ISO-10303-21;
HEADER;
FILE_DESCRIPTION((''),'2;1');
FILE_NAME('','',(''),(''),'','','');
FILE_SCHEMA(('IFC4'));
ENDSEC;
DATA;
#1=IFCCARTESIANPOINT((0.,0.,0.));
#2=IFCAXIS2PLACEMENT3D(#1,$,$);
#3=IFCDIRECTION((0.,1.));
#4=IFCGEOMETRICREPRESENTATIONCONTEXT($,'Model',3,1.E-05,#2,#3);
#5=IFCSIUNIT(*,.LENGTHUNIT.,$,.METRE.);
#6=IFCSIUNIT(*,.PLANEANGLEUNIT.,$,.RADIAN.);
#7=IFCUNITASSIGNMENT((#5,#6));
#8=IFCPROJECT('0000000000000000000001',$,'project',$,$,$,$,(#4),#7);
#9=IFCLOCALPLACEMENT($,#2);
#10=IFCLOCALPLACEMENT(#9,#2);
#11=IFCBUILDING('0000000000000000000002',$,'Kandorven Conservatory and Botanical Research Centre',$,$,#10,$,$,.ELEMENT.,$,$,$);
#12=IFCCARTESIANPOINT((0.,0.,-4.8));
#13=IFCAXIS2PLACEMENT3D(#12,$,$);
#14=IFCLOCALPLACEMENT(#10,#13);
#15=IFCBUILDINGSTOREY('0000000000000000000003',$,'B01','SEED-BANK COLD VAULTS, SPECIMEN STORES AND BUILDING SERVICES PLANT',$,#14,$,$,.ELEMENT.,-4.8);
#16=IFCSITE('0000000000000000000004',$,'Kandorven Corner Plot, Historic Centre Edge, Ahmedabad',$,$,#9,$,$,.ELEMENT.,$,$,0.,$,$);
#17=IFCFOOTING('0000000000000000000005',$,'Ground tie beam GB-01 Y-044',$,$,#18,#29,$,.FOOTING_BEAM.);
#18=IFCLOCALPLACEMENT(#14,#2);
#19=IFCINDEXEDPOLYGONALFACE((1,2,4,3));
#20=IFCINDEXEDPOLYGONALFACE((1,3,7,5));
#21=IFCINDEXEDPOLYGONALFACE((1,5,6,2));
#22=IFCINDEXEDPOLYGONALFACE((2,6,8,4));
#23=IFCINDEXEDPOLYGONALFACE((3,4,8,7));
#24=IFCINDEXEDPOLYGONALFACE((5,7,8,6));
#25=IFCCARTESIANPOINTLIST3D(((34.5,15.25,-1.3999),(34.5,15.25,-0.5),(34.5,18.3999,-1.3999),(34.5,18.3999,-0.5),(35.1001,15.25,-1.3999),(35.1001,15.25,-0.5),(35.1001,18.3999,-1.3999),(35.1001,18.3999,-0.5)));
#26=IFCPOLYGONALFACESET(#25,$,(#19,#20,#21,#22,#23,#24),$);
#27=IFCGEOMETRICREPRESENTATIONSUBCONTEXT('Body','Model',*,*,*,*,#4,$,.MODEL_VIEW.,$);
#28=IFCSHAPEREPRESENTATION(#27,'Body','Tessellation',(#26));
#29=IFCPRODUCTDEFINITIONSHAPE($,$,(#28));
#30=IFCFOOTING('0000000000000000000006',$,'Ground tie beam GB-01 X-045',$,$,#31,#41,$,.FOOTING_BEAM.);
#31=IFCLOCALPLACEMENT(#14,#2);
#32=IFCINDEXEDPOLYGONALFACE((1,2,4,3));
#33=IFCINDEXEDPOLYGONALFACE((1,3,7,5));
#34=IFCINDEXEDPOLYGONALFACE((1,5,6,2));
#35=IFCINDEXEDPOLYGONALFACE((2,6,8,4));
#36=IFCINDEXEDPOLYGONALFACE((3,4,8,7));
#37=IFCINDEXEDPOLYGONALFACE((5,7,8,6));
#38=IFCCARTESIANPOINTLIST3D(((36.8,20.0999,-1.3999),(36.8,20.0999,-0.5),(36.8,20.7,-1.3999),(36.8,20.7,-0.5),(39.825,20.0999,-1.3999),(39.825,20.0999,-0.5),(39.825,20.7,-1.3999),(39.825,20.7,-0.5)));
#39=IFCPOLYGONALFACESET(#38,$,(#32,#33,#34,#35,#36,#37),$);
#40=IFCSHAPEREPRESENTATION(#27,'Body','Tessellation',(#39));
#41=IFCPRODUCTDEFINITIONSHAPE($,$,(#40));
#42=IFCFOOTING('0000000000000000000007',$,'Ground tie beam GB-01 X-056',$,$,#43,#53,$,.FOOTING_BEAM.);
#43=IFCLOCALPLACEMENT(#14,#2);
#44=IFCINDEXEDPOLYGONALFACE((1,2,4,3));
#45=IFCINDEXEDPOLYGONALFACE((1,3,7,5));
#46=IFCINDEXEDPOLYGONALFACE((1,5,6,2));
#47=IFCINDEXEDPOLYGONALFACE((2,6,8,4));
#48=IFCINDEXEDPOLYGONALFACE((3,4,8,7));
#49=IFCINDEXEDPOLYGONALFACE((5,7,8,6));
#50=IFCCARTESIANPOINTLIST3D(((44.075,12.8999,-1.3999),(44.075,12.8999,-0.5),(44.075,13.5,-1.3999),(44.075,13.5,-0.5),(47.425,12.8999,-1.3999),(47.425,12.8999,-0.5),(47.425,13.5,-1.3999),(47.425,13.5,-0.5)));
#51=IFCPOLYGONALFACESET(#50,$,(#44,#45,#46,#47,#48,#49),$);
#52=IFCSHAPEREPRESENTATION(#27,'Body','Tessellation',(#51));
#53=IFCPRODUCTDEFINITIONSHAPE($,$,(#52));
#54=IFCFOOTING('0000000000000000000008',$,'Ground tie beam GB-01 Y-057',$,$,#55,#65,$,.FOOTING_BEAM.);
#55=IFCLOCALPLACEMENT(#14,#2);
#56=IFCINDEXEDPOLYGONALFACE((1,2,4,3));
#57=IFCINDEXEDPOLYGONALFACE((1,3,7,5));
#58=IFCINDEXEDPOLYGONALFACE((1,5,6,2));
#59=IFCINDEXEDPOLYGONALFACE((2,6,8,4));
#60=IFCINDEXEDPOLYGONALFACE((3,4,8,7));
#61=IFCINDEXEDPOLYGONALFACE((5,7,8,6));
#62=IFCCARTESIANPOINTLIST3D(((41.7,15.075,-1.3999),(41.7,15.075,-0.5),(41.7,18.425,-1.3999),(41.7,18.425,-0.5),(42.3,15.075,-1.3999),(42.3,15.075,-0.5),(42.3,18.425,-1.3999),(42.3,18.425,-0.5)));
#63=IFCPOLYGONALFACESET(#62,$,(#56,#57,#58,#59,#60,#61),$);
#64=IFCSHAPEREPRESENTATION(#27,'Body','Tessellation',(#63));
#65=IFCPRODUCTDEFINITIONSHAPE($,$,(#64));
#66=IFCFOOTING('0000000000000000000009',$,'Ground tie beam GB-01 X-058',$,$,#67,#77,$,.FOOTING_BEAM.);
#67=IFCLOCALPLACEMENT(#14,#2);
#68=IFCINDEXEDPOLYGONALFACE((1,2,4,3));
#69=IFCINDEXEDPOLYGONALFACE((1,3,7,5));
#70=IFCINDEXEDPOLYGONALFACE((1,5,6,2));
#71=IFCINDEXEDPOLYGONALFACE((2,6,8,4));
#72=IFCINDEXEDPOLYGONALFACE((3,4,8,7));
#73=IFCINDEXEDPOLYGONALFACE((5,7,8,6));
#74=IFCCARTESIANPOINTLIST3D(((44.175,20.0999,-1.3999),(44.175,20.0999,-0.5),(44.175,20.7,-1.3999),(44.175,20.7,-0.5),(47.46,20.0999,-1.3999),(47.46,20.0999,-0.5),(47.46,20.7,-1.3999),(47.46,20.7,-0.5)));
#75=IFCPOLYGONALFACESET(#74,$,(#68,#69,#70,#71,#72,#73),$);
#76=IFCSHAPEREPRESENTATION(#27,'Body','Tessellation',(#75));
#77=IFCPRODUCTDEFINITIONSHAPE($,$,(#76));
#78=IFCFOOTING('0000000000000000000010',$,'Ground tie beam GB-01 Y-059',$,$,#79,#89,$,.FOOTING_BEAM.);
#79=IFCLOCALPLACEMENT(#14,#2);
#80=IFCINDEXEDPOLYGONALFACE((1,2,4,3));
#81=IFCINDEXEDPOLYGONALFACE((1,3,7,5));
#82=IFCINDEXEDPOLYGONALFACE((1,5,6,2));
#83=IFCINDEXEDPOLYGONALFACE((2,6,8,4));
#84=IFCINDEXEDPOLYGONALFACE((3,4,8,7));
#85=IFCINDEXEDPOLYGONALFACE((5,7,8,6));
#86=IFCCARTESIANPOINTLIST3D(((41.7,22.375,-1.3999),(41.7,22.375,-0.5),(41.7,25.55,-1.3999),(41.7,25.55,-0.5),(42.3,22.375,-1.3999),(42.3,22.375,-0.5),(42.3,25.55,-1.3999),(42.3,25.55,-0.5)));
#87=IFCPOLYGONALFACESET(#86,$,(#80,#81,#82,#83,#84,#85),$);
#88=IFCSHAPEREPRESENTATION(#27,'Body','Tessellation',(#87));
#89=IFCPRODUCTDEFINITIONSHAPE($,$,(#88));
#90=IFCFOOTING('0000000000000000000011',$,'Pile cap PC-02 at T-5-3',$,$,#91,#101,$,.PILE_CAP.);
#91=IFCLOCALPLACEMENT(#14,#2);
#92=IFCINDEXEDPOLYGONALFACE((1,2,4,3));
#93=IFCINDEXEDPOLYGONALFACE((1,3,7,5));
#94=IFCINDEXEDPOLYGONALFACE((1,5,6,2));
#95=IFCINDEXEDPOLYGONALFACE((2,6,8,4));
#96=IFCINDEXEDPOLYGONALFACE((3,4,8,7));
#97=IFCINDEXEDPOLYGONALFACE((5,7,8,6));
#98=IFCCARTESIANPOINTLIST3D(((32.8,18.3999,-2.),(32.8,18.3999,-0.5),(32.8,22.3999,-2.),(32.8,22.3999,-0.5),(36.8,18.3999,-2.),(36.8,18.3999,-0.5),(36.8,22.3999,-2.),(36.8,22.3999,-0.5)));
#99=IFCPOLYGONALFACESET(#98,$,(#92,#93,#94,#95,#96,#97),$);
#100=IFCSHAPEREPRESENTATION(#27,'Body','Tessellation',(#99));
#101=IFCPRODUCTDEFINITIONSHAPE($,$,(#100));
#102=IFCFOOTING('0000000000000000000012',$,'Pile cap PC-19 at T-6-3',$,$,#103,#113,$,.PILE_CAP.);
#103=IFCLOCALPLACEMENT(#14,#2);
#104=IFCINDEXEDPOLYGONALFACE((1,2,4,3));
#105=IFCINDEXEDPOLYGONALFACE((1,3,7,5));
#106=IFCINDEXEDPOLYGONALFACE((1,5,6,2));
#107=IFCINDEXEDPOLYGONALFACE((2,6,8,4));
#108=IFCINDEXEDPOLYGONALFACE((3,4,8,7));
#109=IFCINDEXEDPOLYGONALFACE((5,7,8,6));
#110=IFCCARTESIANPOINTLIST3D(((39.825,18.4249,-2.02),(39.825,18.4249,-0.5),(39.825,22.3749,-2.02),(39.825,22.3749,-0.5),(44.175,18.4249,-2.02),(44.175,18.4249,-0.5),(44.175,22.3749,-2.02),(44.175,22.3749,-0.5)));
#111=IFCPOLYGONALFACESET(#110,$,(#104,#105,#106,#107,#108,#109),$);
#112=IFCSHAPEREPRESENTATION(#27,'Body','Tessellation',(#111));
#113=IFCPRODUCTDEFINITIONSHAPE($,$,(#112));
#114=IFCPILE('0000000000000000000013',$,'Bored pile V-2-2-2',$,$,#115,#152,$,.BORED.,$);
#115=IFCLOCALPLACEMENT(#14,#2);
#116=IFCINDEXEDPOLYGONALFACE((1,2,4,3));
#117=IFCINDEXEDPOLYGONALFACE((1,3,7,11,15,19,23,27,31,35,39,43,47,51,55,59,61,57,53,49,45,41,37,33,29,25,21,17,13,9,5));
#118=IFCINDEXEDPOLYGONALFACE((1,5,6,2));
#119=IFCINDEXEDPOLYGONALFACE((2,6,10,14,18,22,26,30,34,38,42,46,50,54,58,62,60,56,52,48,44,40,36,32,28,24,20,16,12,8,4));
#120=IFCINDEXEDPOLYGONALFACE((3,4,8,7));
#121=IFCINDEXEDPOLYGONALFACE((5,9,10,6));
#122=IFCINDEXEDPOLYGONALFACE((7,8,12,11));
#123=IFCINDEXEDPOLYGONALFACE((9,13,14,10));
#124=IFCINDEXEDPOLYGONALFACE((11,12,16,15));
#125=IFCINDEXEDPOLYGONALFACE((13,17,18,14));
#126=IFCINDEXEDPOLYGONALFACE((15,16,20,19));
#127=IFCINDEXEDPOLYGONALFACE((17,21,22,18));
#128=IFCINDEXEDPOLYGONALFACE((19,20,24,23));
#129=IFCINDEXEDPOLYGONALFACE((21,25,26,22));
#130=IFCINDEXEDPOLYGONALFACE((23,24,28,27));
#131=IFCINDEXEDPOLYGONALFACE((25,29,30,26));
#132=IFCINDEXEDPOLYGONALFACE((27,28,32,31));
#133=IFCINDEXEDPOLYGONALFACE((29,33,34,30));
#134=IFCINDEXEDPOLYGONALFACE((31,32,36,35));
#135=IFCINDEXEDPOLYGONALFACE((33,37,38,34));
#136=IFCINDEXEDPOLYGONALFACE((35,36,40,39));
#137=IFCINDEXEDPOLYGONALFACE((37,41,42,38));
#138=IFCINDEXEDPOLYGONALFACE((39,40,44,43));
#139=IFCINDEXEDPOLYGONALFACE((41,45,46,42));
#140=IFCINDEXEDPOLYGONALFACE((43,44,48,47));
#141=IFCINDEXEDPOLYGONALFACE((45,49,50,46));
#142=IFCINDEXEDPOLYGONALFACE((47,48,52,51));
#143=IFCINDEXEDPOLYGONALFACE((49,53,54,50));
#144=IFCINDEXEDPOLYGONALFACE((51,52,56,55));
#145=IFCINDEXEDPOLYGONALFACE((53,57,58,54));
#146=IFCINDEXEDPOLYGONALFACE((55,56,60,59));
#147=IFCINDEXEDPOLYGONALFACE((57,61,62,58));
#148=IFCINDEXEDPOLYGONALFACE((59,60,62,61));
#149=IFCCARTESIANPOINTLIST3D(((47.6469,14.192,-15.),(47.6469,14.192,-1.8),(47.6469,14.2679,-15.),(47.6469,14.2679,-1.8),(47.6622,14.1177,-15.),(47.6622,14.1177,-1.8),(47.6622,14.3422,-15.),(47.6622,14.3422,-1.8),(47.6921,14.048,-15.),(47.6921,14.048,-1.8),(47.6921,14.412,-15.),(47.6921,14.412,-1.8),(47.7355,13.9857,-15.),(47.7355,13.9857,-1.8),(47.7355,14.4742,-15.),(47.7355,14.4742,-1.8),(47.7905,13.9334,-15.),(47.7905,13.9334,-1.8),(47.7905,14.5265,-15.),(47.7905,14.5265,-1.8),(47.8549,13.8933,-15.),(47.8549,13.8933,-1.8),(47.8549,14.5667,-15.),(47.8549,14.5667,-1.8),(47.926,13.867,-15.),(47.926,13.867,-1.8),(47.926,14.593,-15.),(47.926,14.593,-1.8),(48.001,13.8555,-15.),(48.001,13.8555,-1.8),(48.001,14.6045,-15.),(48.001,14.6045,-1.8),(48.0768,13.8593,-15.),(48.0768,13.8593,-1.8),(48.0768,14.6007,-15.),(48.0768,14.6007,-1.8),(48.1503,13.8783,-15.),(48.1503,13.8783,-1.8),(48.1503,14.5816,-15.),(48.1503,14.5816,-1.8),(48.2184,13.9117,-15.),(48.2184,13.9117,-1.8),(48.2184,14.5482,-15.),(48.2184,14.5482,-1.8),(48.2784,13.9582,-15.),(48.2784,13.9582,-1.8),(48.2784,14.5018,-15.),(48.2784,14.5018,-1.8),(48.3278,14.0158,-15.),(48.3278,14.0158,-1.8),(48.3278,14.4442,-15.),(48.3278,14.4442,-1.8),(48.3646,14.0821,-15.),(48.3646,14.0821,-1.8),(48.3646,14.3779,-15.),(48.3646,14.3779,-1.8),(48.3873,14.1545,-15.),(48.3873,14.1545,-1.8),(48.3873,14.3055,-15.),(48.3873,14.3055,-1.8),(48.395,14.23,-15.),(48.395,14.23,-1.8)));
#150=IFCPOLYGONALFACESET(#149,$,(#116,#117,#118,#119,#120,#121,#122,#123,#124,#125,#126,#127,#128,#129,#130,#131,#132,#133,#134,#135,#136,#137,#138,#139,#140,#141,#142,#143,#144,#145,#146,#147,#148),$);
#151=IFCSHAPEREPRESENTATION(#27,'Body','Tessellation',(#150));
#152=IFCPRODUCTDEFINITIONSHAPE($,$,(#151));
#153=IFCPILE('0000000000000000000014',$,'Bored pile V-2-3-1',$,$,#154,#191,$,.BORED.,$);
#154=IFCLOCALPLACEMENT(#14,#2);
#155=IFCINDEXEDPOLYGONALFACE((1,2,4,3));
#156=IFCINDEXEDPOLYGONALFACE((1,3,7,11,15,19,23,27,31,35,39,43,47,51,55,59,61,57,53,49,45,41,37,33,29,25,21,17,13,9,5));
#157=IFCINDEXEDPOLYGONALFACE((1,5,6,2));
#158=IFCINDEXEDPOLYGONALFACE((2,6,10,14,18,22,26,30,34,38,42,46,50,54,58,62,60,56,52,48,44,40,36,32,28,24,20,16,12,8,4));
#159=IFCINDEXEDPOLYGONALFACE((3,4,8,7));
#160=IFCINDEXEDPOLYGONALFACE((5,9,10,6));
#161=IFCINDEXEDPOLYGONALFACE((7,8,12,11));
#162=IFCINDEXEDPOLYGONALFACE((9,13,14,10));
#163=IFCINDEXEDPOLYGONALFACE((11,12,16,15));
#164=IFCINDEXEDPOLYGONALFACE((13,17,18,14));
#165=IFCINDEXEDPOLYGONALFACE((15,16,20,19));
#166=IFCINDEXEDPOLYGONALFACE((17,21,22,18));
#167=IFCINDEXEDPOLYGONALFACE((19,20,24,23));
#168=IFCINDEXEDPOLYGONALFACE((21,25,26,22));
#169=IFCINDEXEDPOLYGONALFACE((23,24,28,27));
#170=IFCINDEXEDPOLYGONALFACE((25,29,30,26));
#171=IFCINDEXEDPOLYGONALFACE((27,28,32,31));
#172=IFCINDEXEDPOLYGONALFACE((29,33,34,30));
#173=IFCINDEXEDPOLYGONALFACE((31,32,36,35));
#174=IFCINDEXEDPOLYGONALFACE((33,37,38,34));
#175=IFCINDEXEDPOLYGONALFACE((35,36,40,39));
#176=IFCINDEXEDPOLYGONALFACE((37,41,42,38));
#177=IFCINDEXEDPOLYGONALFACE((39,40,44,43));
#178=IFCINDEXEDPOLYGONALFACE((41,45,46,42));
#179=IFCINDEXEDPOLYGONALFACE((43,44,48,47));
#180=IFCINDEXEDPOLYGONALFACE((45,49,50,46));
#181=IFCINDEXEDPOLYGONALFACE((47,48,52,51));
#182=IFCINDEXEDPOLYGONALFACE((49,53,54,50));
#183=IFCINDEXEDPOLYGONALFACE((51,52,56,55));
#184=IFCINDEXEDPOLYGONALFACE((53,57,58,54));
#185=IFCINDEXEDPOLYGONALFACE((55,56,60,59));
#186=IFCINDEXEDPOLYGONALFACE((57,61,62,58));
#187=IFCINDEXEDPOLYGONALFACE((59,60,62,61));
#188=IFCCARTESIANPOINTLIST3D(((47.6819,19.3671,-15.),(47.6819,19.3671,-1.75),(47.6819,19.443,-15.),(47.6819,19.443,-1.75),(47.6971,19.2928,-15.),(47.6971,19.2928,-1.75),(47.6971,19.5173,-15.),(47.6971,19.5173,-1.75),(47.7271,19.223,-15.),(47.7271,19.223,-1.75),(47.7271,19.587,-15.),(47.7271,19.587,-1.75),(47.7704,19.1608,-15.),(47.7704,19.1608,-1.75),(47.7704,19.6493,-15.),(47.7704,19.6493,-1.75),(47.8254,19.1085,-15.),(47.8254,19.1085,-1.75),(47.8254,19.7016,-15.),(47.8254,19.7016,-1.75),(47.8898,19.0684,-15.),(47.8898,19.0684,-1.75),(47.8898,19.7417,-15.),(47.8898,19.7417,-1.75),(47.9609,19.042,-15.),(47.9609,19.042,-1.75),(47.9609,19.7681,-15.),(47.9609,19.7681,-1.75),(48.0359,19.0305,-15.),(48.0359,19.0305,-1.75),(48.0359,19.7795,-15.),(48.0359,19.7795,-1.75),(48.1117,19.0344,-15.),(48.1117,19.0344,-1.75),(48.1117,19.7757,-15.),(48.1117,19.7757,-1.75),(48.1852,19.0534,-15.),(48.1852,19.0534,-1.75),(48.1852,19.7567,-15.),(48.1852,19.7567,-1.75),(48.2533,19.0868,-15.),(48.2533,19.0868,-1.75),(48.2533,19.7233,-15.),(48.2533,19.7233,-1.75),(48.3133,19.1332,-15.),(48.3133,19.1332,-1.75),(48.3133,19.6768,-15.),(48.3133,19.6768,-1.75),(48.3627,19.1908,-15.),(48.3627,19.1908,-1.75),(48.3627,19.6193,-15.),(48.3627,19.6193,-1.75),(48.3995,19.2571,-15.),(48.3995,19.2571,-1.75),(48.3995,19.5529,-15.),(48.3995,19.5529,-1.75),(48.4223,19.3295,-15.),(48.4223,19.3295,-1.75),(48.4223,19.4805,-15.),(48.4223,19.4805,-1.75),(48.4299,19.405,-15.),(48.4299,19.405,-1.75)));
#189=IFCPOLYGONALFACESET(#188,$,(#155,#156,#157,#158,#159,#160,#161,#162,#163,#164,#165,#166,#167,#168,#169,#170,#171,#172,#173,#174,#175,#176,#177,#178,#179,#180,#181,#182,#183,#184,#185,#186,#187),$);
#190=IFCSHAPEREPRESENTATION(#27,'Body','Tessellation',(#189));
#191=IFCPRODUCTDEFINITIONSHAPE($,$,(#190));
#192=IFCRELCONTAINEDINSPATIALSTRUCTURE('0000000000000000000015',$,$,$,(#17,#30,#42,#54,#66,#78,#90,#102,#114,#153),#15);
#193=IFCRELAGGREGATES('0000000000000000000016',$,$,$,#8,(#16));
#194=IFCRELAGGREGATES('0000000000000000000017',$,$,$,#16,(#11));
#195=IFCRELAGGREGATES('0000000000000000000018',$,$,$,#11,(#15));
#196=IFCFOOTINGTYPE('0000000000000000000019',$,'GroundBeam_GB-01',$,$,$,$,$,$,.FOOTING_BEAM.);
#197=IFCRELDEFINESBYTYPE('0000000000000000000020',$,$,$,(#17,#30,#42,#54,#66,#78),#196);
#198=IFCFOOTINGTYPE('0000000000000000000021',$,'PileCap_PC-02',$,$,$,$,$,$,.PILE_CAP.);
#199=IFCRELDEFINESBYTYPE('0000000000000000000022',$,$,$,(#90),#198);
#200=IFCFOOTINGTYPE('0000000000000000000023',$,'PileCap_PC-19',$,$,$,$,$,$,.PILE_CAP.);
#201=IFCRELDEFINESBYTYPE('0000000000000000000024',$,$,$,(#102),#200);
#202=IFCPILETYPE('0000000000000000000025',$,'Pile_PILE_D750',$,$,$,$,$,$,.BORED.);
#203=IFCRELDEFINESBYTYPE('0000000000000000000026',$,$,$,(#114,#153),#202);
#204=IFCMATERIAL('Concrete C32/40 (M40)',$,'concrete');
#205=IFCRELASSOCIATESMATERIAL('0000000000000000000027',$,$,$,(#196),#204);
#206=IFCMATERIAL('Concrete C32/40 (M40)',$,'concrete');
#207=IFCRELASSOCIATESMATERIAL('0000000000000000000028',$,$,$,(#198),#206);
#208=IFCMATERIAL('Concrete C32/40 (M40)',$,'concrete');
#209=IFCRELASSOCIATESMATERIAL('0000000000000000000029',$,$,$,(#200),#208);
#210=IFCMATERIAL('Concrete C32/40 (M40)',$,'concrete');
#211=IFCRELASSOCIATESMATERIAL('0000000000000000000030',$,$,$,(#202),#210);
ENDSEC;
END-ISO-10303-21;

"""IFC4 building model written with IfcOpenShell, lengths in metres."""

from ifc_helpers import new_model, si_unit, direction, frame, origin, origin_2d, place, context, subcontext, project, spatial, rectangle, circle, extrude, material, material_profile, profile_set, type_object, element, save


model = new_model("IFC4")

# Units and contexts
model_context = context("Model", 3, precision=1e-05, world=origin(), true_north=direction((0.0, 1.0)))
body_context = subcontext(model_context, "Body", "Model", "MODEL_VIEW")
ifc_project = project(units=[si_unit("LENGTHUNIT", "METRE"), si_unit("PLANEANGLEUNIT", "RADIAN")], contexts=[model_context])

# Site, building, storey
site_placement = place(None, origin())
site = spatial("IfcSite", under=ifc_project, at=site_placement, Name="Kandorven Corner Plot, Historic Centre Edge, Ahmedabad", CompositionType="ELEMENT", RefElevation=0.0)
building_placement = place(site_placement, origin())
building = spatial("IfcBuilding", under=site, at=building_placement, Name="Kandorven Conservatory and Botanical Research Centre", CompositionType="ELEMENT")
storey_placement = place(building_placement, frame((0.0, 0.0, -4.8)))
storey = spatial("IfcBuildingStorey", under=building, at=storey_placement, Name="B01", Description="SEED-BANK COLD VAULTS, SPECIMEN STORES AND BUILDING SERVICES PLANT", CompositionType="ELEMENT", Elevation=-4.8)

# Footings
ifc_material_1 = material(Name="Concrete C32/40 (M40)", Category="concrete")
ifc_material_profile_1 = material_profile(ifc_material_1, rectangle(XDim=0.6001, YDim=0.8999, at=origin_2d()))
ifc_profile_set_1 = profile_set([ifc_material_profile_1], Name="Concrete C32/40 (M40)")
footing_type_1 = type_object("IfcFootingType", Name="GroundBeam_GB-01", PredefinedType="FOOTING_BEAM", material=ifc_profile_set_1)
footing_1_placement = place(storey_placement, frame((34.8, 15.25, -0.95), z_axis=(0.0, 1.0, 0.0), x_axis=(-1.0, 0.0, 0.0)))
element("IfcFooting", 1, at=footing_1_placement, inside=storey, type_object=footing_type_1, Name="Ground tie beam GB-01 Y-044", PredefinedType="FOOTING_BEAM", context=body_context, shape_type="SweptSolid", body=[
    extrude(rectangle(XDim=0.6001, YDim=0.8999, at=origin_2d()), origin(), (0.0, 0.0, 1.0), 3.1499),
])
footing_2_placement = place(storey_placement, frame((36.8, 20.3999, -0.95), z_axis=(1.0, 0.0, 0.0), x_axis=(0.0, 1.0, 0.0)))
element("IfcFooting", 2, at=footing_2_placement, inside=storey, type_object=footing_type_1, Name="Ground tie beam GB-01 X-045", PredefinedType="FOOTING_BEAM", context=body_context, shape_type="SweptSolid", body=[
    extrude(rectangle(XDim=0.6001, YDim=0.8999, at=origin_2d()), origin(), (0.0, 0.0, 1.0), 3.0249),
])
for number, where, z_axis, x_axis, name in (
    (3, (44.075, 13.2, -0.95), (1.0, 0.0, 0.0), (0.0, 1.0, 0.0), "Ground tie beam GB-01 X-056"),
    (4, (42.0, 15.075, -0.95), (0.0, 1.0, 0.0), (-1.0, 0.0, 0.0), "Ground tie beam GB-01 Y-057"),
):
    element("IfcFooting", number, at=place(storey_placement, frame(where, z_axis=z_axis, x_axis=x_axis)), inside=storey, type_object=footing_type_1, Name=name, PredefinedType="FOOTING_BEAM", context=body_context, shape_type="SweptSolid", body=[
        extrude(rectangle(XDim=0.6001, YDim=0.8999, at=origin_2d()), origin(), (0.0, 0.0, 1.0), 3.3501),
    ])
footing_3_placement = place(storey_placement, frame((44.175, 20.3999, -0.95), z_axis=(1.0, 0.0, 0.0), x_axis=(0.0, 1.0, 0.0)))
element("IfcFooting", 5, at=footing_3_placement, inside=storey, type_object=footing_type_1, Name="Ground tie beam GB-01 X-058", PredefinedType="FOOTING_BEAM", context=body_context, shape_type="SweptSolid", body=[
    extrude(rectangle(XDim=0.6001, YDim=0.8999, at=origin_2d()), origin(), (0.0, 0.0, 1.0), 3.2849),
])
footing_4_placement = place(storey_placement, frame((42.0, 22.375, -0.95), z_axis=(0.0, 1.0, 0.0), x_axis=(-1.0, 0.0, 0.0)))
element("IfcFooting", 6, at=footing_4_placement, inside=storey, type_object=footing_type_1, Name="Ground tie beam GB-01 Y-059", PredefinedType="FOOTING_BEAM", context=body_context, shape_type="SweptSolid", body=[
    extrude(rectangle(XDim=0.6001, YDim=0.8999, at=origin_2d()), origin(), (0.0, 0.0, 1.0), 3.175),
])
ifc_material_2 = material(Name="Concrete C32/40 (M40)", Category="concrete")
footing_type_2 = type_object("IfcFootingType", Name="PileCap_PC-02", PredefinedType="PILE_CAP", material=ifc_material_2)
footing_5_placement = place(storey_placement, frame((34.8, 20.3999, -2.0), z_axis=(0.0, 0.0, 1.0), x_axis=(1.0, 0.0, 0.0)))
element("IfcFooting", 7, at=footing_5_placement, inside=storey, type_object=footing_type_2, Name="Pile cap PC-02 at T-5-3", PredefinedType="PILE_CAP", context=body_context, shape_type="SweptSolid", body=[
    extrude(rectangle(XDim=4.0, YDim=4.0, at=origin_2d()), origin(), (0.0, 0.0, 1.0), 1.5),
])
ifc_material_3 = material(Name="Concrete C32/40 (M40)", Category="concrete")
footing_type_3 = type_object("IfcFootingType", Name="PileCap_PC-19", PredefinedType="PILE_CAP", material=ifc_material_3)
footing_6_placement = place(storey_placement, frame((42.0, 20.3999, -2.02), z_axis=(0.0, 0.0, 1.0), x_axis=(1.0, 0.0, 0.0)))
element("IfcFooting", 8, at=footing_6_placement, inside=storey, type_object=footing_type_3, Name="Pile cap PC-19 at T-6-3", PredefinedType="PILE_CAP", context=body_context, shape_type="SweptSolid", body=[
    extrude(rectangle(XDim=4.3501, YDim=3.95, at=origin_2d()), origin(), (0.0, 0.0, 1.0), 1.52),
])

# Piles
ifc_material_4 = material(Name="Concrete C32/40 (M40)", Category="concrete")
ifc_material_profile_2 = material_profile(ifc_material_4, circle(Radius=0.375, at=origin_2d()))
ifc_profile_set_2 = profile_set([ifc_material_profile_2], Name="Concrete C32/40 (M40)")
pile_type_1 = type_object("IfcPileType", Name="Pile_PILE_D750", PredefinedType="BORED", material=ifc_profile_set_2)
pile_1_placement = place(storey_placement, frame((48.02, 14.23, -1.8), z_axis=(0.0, 0.0, -1.0), x_axis=(1.0, 0.0, 0.0)))
element("IfcPile", 9, at=pile_1_placement, inside=storey, type_object=pile_type_1, Name="Bored pile V-2-2-2", PredefinedType="BORED", context=body_context, shape_type="SweptSolid", body=[
    extrude(circle(Radius=0.375, at=origin_2d()), origin(), (0.0, 0.0, 1.0), 13.2),
])
for number, where, z_axis, x_axis, name in (
    (10, (48.0549, 19.405, -1.75), (0.0, 0.0, -1.0), (1.0, 0.0, 0.0), "Bored pile V-2-3-1"),
):
    element("IfcPile", number, at=place(storey_placement, frame(where, z_axis=z_axis, x_axis=x_axis)), inside=storey, type_object=pile_type_1, Name=name, PredefinedType="BORED", context=body_context, shape_type="SweptSolid", body=[
        extrude(circle(Radius=0.375, at=origin_2d()), origin(), (0.0, 0.0, 1.0), 13.25),
    ])

save(model, "model.ifc")
